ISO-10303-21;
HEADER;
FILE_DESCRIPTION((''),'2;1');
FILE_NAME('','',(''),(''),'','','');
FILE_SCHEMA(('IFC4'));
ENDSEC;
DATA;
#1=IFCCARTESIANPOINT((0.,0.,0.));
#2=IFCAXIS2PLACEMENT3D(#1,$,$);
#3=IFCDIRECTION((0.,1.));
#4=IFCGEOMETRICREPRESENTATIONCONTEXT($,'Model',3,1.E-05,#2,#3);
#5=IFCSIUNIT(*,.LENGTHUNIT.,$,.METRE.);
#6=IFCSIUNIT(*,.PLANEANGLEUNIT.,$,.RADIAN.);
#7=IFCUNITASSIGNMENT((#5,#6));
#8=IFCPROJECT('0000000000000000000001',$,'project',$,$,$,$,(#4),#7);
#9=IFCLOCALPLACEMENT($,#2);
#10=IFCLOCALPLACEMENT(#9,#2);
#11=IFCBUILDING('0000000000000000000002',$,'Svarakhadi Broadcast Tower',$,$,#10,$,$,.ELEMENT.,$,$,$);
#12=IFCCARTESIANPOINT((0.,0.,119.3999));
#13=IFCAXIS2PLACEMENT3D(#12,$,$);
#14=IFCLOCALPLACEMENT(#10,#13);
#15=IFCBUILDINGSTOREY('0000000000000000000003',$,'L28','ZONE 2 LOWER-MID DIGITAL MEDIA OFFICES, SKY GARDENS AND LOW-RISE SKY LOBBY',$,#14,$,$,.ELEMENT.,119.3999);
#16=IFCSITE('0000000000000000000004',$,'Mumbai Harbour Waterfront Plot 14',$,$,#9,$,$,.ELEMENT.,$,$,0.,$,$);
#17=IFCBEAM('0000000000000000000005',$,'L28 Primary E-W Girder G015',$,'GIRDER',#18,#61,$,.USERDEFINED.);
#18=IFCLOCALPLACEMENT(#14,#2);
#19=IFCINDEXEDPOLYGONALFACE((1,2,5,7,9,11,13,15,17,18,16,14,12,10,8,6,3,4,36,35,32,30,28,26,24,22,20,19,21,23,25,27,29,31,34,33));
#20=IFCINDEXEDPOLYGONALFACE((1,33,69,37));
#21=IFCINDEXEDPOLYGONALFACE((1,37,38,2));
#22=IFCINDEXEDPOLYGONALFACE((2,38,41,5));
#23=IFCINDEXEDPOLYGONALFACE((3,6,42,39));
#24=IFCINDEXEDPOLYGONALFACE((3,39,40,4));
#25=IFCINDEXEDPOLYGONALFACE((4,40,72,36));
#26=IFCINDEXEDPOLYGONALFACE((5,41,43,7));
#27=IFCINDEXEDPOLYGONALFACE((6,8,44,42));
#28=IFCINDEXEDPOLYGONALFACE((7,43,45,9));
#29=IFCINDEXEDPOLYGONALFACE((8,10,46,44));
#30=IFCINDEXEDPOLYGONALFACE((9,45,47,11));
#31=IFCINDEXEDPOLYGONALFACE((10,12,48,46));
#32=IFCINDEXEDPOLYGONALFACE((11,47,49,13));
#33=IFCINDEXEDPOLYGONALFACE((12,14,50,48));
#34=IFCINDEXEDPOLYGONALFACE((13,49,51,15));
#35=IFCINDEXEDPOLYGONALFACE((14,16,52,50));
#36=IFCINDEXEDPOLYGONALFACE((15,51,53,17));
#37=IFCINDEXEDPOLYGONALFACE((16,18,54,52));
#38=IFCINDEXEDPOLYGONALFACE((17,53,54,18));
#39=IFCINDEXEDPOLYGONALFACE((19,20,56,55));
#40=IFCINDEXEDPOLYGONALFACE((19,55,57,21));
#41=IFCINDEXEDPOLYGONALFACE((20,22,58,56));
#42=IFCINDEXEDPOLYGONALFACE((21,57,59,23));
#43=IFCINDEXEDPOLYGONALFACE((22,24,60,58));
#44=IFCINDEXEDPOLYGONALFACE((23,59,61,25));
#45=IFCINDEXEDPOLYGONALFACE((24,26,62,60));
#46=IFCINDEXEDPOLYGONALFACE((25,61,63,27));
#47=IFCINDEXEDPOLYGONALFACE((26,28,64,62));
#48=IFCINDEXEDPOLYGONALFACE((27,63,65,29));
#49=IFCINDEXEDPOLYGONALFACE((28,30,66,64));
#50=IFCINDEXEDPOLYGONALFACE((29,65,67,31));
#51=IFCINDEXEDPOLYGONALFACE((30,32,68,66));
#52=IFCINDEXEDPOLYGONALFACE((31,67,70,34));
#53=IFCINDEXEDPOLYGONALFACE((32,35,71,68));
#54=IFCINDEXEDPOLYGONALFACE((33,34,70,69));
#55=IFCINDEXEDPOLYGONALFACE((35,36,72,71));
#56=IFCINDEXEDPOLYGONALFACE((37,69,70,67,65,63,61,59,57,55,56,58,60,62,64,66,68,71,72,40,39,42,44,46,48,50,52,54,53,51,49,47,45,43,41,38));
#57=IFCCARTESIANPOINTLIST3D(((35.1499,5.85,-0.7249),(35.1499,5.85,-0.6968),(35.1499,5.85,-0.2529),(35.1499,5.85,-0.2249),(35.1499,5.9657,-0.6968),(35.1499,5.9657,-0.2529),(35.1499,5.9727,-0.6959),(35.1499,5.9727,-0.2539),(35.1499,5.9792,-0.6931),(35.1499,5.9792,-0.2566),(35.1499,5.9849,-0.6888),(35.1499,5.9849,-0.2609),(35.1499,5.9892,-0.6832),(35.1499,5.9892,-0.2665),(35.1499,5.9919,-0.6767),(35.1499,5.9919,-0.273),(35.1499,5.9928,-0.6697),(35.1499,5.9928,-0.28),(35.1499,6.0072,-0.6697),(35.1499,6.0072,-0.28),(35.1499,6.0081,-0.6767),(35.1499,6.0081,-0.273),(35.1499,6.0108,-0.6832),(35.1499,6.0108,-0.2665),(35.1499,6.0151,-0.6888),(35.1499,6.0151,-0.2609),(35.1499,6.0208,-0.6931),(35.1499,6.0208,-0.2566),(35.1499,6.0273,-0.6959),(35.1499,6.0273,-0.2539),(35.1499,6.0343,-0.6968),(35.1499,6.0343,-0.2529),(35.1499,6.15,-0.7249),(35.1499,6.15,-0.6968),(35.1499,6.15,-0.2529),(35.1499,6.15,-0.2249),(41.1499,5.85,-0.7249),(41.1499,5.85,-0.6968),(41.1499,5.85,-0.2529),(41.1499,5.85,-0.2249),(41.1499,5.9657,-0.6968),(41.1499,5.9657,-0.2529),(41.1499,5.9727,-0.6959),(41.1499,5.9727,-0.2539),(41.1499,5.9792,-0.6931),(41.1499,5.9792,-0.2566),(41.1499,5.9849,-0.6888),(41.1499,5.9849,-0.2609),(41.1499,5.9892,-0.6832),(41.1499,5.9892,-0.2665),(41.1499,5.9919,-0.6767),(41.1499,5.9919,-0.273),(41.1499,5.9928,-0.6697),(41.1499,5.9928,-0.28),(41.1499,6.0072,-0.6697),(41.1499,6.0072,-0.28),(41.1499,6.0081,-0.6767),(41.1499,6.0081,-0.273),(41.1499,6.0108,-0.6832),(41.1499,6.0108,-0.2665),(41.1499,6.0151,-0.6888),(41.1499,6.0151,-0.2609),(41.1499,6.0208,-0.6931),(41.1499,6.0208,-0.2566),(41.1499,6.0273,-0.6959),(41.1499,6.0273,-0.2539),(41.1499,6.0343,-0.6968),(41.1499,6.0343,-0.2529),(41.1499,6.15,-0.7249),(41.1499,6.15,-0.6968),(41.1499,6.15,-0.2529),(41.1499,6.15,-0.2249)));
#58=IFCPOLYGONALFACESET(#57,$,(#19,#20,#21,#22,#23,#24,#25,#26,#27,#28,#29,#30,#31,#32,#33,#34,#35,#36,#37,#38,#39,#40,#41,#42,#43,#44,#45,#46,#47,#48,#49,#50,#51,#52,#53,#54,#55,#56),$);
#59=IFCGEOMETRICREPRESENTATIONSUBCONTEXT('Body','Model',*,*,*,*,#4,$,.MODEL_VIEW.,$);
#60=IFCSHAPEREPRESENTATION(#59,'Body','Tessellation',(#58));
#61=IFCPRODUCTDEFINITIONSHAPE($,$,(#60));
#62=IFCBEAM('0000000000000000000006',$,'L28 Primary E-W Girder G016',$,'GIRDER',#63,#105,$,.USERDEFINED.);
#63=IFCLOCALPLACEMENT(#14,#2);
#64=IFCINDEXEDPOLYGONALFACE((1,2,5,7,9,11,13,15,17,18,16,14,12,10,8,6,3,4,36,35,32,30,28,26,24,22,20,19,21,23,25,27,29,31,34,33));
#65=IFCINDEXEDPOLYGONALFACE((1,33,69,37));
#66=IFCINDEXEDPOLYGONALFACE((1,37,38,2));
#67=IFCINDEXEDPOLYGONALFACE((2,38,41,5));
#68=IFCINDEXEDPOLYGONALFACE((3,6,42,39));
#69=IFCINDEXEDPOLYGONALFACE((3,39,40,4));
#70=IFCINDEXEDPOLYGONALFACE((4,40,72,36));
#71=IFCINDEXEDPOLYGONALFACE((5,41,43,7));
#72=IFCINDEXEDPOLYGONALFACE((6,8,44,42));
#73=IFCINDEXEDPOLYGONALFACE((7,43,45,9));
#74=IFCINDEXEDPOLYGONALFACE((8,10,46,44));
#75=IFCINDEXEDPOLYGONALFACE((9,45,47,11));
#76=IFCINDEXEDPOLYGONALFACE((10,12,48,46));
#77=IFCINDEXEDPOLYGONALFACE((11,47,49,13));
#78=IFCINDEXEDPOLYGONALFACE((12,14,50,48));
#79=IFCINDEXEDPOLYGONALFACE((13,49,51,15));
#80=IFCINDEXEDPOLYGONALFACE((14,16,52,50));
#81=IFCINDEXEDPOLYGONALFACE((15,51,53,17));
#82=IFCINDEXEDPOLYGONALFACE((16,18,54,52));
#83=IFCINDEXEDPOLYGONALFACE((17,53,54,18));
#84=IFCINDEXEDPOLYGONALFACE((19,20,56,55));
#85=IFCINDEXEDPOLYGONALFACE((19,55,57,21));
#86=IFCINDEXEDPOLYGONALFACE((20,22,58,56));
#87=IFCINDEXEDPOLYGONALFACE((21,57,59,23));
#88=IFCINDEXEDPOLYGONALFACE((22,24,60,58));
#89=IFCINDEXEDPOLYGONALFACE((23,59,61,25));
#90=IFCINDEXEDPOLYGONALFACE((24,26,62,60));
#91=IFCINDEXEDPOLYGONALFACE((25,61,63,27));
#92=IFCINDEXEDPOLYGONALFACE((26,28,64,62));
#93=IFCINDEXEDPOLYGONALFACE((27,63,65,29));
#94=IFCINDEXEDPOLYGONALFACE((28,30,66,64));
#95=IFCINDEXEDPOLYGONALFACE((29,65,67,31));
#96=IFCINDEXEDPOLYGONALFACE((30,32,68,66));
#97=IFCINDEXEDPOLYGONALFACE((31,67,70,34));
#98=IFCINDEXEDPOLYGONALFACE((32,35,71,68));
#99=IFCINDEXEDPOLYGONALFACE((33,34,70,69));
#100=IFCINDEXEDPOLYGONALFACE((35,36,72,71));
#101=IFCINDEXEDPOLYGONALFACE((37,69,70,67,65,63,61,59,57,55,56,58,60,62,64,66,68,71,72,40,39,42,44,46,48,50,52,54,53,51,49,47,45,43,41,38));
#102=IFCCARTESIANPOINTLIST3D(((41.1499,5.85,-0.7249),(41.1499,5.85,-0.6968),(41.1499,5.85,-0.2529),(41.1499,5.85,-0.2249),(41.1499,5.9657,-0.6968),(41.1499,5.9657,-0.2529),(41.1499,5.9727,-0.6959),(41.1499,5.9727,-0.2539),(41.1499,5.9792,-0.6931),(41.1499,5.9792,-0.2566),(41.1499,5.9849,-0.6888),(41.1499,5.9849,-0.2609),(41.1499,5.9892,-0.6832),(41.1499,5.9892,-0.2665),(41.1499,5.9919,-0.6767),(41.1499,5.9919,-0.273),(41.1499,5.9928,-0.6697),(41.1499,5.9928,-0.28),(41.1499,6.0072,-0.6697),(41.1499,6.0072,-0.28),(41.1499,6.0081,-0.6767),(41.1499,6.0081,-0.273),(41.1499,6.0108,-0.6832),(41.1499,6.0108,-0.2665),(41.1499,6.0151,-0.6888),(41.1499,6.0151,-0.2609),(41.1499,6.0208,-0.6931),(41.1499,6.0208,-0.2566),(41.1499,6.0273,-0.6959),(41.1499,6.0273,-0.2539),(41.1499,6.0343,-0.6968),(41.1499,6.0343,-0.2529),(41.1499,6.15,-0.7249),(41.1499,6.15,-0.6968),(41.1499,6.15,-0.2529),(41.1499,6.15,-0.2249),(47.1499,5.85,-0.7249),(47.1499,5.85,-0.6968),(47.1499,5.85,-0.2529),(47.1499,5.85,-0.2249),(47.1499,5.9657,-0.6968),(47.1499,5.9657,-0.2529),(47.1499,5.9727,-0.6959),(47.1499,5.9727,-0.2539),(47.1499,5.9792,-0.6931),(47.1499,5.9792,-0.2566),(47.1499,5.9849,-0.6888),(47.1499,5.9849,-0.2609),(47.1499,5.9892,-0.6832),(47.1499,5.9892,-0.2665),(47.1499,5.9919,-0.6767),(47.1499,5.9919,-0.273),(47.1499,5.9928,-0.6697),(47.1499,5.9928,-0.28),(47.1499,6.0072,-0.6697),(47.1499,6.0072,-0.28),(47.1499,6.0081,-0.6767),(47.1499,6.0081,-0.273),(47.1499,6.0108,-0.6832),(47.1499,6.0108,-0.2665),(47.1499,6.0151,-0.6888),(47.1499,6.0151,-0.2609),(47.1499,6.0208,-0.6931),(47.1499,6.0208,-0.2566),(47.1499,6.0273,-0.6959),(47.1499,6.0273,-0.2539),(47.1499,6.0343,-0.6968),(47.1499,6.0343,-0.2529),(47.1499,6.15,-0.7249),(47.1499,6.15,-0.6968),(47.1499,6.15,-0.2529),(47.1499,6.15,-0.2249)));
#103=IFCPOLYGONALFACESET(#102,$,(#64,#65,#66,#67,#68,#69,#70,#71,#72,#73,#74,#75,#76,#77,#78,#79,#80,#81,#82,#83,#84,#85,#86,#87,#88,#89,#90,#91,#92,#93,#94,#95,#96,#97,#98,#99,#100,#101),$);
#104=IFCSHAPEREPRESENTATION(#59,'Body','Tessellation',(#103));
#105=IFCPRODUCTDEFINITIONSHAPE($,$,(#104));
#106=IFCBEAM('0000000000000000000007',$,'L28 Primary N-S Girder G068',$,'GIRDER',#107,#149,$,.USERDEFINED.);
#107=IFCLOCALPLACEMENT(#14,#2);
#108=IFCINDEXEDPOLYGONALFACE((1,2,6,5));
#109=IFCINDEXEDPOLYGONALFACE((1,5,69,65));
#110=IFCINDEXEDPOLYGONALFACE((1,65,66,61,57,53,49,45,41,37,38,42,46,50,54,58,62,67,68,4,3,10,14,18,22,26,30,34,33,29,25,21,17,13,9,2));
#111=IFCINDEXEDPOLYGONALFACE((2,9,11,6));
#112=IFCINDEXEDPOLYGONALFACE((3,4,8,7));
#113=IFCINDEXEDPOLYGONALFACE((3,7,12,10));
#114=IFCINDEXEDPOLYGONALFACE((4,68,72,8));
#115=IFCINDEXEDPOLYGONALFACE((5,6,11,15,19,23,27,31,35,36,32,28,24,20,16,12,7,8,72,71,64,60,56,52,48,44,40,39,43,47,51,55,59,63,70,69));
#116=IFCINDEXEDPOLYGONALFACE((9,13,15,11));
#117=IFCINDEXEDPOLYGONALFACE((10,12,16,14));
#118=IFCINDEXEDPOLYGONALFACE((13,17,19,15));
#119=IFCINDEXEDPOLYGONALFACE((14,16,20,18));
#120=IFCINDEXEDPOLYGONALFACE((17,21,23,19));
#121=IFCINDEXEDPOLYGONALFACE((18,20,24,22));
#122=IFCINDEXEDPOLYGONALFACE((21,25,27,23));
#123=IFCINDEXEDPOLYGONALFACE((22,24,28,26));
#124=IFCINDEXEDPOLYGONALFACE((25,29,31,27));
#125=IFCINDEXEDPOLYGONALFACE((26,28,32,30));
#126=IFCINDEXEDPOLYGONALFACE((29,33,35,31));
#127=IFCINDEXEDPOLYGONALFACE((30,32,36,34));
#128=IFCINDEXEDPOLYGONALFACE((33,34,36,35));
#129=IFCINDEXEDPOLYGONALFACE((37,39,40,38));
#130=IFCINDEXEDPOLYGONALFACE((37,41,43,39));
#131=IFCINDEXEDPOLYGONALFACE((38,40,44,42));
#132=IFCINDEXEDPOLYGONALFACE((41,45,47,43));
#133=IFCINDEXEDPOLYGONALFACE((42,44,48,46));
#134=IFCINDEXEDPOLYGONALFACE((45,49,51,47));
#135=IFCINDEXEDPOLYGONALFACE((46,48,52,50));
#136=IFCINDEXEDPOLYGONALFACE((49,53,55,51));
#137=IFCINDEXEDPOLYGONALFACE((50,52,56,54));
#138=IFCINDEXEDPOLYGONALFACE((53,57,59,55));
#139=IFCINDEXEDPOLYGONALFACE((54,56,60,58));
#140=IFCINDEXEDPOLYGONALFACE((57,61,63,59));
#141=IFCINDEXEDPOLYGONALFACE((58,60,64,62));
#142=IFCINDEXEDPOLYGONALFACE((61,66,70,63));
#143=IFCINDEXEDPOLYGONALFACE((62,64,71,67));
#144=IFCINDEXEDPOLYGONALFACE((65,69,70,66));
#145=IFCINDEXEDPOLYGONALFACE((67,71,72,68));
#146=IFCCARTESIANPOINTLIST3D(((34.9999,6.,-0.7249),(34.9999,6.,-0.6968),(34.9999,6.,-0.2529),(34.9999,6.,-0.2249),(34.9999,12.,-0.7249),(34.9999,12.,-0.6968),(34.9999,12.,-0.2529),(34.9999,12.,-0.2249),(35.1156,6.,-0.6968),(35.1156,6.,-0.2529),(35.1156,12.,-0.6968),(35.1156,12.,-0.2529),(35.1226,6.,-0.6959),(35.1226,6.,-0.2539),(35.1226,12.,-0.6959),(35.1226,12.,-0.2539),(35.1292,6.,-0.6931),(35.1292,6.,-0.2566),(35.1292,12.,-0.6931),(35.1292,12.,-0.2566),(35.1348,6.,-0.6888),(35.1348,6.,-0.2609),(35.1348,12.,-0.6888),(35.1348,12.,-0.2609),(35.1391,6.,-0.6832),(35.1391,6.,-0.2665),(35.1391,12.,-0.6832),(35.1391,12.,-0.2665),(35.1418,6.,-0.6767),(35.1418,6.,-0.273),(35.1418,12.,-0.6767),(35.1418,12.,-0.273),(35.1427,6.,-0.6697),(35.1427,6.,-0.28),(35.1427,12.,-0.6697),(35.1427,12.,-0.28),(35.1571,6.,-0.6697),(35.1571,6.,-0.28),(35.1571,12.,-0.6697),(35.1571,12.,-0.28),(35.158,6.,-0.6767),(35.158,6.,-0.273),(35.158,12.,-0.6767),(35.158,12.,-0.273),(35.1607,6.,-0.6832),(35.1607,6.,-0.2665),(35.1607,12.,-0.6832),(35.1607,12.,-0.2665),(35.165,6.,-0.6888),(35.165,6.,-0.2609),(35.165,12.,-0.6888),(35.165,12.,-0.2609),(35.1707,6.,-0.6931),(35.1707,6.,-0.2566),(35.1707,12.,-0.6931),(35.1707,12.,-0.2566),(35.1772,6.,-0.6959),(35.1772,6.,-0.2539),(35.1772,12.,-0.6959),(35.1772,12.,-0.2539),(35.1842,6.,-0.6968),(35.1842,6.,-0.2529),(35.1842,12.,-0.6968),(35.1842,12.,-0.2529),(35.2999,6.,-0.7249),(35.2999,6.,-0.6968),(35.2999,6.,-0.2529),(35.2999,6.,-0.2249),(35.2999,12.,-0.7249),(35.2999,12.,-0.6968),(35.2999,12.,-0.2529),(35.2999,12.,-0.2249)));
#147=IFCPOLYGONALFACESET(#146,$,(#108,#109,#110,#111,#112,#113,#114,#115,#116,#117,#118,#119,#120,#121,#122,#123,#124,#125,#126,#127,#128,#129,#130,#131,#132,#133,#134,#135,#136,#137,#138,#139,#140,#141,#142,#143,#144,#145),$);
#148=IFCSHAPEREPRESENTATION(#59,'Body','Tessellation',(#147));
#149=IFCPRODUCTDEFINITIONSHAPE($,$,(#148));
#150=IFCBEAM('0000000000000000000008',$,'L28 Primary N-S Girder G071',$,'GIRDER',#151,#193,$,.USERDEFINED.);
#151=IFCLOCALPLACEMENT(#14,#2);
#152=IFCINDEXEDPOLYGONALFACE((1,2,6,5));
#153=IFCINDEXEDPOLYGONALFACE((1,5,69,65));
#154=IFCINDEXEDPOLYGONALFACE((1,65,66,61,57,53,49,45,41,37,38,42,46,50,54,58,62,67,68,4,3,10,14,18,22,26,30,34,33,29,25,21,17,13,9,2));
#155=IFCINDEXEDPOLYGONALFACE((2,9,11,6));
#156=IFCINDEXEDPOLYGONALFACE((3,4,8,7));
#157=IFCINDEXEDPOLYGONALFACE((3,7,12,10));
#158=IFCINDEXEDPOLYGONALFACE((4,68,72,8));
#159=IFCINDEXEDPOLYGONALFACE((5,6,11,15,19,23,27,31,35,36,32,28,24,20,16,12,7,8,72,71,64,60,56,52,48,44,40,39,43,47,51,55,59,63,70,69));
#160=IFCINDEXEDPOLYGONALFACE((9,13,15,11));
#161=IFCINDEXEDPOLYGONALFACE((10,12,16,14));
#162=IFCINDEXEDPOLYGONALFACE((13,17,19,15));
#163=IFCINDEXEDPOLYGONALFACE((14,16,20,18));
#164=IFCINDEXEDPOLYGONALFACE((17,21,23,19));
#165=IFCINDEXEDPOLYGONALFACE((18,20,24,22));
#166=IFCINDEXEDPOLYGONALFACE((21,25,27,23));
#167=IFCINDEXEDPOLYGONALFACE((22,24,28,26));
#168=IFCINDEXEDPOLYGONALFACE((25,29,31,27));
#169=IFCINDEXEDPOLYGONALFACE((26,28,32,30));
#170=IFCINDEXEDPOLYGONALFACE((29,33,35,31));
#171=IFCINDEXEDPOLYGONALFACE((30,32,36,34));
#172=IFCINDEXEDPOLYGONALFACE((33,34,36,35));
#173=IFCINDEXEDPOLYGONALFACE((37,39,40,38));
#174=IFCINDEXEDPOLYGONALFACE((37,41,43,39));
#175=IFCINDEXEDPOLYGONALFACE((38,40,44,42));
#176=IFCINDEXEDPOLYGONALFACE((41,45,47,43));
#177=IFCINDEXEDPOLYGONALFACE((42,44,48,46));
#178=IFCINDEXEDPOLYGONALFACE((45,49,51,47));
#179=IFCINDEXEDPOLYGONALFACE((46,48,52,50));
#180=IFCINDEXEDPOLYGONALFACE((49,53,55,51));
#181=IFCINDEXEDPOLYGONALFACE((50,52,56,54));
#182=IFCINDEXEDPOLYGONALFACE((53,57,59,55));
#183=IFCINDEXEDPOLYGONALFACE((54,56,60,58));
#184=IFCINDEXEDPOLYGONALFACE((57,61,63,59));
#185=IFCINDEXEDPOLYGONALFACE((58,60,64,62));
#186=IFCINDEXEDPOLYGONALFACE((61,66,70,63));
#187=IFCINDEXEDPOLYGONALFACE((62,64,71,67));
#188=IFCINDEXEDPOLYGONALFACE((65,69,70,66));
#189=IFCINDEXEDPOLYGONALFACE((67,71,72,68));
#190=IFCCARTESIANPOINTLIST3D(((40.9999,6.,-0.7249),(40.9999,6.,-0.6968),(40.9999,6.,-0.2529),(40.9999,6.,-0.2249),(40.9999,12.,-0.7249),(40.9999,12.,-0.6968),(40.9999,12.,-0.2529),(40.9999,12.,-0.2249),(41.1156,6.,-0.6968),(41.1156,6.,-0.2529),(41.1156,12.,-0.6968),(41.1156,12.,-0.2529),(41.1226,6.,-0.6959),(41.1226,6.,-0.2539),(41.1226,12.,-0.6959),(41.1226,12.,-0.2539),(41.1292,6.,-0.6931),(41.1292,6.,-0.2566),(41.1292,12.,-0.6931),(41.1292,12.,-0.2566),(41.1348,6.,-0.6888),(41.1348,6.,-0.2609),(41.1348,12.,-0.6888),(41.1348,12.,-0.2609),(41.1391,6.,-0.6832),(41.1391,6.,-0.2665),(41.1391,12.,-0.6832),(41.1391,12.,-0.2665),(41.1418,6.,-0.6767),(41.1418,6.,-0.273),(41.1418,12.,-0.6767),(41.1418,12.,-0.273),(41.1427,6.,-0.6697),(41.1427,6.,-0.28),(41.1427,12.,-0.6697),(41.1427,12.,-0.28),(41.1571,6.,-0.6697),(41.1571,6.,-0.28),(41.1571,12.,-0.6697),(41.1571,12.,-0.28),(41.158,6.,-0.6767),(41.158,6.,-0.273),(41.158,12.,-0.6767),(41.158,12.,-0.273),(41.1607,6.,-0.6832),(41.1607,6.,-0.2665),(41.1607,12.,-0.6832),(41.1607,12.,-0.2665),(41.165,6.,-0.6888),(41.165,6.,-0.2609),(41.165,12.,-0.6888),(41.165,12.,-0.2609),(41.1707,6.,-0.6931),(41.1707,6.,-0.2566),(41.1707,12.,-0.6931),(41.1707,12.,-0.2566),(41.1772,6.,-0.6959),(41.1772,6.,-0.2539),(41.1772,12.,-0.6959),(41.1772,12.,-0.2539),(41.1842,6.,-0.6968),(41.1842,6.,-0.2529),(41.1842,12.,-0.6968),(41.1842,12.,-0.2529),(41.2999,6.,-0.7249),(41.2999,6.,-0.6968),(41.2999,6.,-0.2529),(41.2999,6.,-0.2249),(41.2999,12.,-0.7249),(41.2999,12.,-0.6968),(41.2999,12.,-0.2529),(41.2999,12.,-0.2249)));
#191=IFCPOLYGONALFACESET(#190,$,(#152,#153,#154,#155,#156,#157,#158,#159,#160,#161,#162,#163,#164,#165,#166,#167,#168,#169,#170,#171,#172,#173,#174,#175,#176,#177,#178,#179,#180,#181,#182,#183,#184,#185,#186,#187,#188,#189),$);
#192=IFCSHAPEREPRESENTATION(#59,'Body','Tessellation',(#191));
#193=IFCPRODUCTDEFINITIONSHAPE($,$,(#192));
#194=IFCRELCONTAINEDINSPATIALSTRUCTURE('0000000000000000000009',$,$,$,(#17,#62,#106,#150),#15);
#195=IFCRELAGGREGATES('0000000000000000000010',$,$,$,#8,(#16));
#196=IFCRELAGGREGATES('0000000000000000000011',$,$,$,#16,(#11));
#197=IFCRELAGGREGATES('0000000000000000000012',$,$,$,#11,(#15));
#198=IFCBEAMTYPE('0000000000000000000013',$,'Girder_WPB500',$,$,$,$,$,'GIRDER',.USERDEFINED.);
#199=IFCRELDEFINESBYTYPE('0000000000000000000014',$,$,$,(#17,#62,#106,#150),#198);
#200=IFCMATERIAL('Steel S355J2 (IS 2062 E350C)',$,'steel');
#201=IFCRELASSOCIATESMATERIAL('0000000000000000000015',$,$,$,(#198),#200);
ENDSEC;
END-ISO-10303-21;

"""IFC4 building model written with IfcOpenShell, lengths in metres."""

from ifc_helpers import new_model, si_unit, direction, frame, origin, origin_2d, place, context, subcontext, project, spatial, i_section, extrude, material, material_profile, profile_set, type_object, element, save


model = new_model("IFC4")

# Units and contexts
model_context = context("Model", 3, precision=1e-05, world=origin(), true_north=direction((0.0, 1.0)))
body_context = subcontext(model_context, "Body", "Model", "MODEL_VIEW")
ifc_project = project(units=[si_unit("LENGTHUNIT", "METRE"), si_unit("PLANEANGLEUNIT", "RADIAN")], contexts=[model_context])

# Site, building, storey
site_placement = place(None, origin())
site = spatial("IfcSite", under=ifc_project, at=site_placement, Name="Mumbai Harbour Waterfront Plot 14", CompositionType="ELEMENT", RefElevation=0.0)
building_placement = place(site_placement, origin())
building = spatial("IfcBuilding", under=site, at=building_placement, Name="Svarakhadi Broadcast Tower", CompositionType="ELEMENT")
storey_placement = place(building_placement, frame((0.0, 0.0, 119.3999)))
storey = spatial("IfcBuildingStorey", under=building, at=storey_placement, Name="L28", Description="ZONE 2 LOWER-MID DIGITAL MEDIA OFFICES, SKY GARDENS AND LOW-RISE SKY LOBBY", CompositionType="ELEMENT", Elevation=119.3999)

# Beams
ifc_material_1 = material(Name="Steel S355J2 (IS 2062 E350C)", Category="steel")
ifc_material_profile_1 = material_profile(ifc_material_1, i_section(OverallWidth=0.3, OverallDepth=0.5, WebThickness=0.0144, FlangeThickness=0.0281, FilletRadius=0.0271, at=origin_2d()), Name="WPB 500x300x187")
ifc_profile_set_1 = profile_set([ifc_material_profile_1], Name="Steel S355J2 (IS 2062 E350C)")
beam_type_1 = type_object("IfcBeamType", Name="Girder_WPB500", ElementType="GIRDER", PredefinedType="USERDEFINED", material=ifc_profile_set_1)
for number, where, z_axis, x_axis, name in (
    (1, (35.1499, 6.0, -0.4749), (1.0, 0.0, 0.0), (0.0, 1.0, 0.0), "L28 Primary E-W Girder G015"),
    (2, (41.1499, 6.0, -0.4749), (1.0, 0.0, 0.0), (0.0, 1.0, 0.0), "L28 Primary E-W Girder G016"),
    (3, (35.1499, 6.0, -0.4749), (0.0, 1.0, 0.0), (-1.0, 0.0, 0.0), "L28 Primary N-S Girder G068"),
    (4, (41.1499, 6.0, -0.4749), (0.0, 1.0, 0.0), (-1.0, 0.0, 0.0), "L28 Primary N-S Girder G071"),
):
    element("IfcBeam", number, at=place(storey_placement, frame(where, z_axis=z_axis, x_axis=x_axis)), inside=storey, type_object=beam_type_1, Name=name, ObjectType="GIRDER", PredefinedType="USERDEFINED", context=body_context, shape_type="SweptSolid", body=[
        extrude(i_section(OverallWidth=0.3, OverallDepth=0.5, WebThickness=0.0144, FlangeThickness=0.0281, FilletRadius=0.0271, at=origin_2d()), origin(), (0.0, 0.0, 1.0), 6.0),
    ])

save(model, "model.ifc")
